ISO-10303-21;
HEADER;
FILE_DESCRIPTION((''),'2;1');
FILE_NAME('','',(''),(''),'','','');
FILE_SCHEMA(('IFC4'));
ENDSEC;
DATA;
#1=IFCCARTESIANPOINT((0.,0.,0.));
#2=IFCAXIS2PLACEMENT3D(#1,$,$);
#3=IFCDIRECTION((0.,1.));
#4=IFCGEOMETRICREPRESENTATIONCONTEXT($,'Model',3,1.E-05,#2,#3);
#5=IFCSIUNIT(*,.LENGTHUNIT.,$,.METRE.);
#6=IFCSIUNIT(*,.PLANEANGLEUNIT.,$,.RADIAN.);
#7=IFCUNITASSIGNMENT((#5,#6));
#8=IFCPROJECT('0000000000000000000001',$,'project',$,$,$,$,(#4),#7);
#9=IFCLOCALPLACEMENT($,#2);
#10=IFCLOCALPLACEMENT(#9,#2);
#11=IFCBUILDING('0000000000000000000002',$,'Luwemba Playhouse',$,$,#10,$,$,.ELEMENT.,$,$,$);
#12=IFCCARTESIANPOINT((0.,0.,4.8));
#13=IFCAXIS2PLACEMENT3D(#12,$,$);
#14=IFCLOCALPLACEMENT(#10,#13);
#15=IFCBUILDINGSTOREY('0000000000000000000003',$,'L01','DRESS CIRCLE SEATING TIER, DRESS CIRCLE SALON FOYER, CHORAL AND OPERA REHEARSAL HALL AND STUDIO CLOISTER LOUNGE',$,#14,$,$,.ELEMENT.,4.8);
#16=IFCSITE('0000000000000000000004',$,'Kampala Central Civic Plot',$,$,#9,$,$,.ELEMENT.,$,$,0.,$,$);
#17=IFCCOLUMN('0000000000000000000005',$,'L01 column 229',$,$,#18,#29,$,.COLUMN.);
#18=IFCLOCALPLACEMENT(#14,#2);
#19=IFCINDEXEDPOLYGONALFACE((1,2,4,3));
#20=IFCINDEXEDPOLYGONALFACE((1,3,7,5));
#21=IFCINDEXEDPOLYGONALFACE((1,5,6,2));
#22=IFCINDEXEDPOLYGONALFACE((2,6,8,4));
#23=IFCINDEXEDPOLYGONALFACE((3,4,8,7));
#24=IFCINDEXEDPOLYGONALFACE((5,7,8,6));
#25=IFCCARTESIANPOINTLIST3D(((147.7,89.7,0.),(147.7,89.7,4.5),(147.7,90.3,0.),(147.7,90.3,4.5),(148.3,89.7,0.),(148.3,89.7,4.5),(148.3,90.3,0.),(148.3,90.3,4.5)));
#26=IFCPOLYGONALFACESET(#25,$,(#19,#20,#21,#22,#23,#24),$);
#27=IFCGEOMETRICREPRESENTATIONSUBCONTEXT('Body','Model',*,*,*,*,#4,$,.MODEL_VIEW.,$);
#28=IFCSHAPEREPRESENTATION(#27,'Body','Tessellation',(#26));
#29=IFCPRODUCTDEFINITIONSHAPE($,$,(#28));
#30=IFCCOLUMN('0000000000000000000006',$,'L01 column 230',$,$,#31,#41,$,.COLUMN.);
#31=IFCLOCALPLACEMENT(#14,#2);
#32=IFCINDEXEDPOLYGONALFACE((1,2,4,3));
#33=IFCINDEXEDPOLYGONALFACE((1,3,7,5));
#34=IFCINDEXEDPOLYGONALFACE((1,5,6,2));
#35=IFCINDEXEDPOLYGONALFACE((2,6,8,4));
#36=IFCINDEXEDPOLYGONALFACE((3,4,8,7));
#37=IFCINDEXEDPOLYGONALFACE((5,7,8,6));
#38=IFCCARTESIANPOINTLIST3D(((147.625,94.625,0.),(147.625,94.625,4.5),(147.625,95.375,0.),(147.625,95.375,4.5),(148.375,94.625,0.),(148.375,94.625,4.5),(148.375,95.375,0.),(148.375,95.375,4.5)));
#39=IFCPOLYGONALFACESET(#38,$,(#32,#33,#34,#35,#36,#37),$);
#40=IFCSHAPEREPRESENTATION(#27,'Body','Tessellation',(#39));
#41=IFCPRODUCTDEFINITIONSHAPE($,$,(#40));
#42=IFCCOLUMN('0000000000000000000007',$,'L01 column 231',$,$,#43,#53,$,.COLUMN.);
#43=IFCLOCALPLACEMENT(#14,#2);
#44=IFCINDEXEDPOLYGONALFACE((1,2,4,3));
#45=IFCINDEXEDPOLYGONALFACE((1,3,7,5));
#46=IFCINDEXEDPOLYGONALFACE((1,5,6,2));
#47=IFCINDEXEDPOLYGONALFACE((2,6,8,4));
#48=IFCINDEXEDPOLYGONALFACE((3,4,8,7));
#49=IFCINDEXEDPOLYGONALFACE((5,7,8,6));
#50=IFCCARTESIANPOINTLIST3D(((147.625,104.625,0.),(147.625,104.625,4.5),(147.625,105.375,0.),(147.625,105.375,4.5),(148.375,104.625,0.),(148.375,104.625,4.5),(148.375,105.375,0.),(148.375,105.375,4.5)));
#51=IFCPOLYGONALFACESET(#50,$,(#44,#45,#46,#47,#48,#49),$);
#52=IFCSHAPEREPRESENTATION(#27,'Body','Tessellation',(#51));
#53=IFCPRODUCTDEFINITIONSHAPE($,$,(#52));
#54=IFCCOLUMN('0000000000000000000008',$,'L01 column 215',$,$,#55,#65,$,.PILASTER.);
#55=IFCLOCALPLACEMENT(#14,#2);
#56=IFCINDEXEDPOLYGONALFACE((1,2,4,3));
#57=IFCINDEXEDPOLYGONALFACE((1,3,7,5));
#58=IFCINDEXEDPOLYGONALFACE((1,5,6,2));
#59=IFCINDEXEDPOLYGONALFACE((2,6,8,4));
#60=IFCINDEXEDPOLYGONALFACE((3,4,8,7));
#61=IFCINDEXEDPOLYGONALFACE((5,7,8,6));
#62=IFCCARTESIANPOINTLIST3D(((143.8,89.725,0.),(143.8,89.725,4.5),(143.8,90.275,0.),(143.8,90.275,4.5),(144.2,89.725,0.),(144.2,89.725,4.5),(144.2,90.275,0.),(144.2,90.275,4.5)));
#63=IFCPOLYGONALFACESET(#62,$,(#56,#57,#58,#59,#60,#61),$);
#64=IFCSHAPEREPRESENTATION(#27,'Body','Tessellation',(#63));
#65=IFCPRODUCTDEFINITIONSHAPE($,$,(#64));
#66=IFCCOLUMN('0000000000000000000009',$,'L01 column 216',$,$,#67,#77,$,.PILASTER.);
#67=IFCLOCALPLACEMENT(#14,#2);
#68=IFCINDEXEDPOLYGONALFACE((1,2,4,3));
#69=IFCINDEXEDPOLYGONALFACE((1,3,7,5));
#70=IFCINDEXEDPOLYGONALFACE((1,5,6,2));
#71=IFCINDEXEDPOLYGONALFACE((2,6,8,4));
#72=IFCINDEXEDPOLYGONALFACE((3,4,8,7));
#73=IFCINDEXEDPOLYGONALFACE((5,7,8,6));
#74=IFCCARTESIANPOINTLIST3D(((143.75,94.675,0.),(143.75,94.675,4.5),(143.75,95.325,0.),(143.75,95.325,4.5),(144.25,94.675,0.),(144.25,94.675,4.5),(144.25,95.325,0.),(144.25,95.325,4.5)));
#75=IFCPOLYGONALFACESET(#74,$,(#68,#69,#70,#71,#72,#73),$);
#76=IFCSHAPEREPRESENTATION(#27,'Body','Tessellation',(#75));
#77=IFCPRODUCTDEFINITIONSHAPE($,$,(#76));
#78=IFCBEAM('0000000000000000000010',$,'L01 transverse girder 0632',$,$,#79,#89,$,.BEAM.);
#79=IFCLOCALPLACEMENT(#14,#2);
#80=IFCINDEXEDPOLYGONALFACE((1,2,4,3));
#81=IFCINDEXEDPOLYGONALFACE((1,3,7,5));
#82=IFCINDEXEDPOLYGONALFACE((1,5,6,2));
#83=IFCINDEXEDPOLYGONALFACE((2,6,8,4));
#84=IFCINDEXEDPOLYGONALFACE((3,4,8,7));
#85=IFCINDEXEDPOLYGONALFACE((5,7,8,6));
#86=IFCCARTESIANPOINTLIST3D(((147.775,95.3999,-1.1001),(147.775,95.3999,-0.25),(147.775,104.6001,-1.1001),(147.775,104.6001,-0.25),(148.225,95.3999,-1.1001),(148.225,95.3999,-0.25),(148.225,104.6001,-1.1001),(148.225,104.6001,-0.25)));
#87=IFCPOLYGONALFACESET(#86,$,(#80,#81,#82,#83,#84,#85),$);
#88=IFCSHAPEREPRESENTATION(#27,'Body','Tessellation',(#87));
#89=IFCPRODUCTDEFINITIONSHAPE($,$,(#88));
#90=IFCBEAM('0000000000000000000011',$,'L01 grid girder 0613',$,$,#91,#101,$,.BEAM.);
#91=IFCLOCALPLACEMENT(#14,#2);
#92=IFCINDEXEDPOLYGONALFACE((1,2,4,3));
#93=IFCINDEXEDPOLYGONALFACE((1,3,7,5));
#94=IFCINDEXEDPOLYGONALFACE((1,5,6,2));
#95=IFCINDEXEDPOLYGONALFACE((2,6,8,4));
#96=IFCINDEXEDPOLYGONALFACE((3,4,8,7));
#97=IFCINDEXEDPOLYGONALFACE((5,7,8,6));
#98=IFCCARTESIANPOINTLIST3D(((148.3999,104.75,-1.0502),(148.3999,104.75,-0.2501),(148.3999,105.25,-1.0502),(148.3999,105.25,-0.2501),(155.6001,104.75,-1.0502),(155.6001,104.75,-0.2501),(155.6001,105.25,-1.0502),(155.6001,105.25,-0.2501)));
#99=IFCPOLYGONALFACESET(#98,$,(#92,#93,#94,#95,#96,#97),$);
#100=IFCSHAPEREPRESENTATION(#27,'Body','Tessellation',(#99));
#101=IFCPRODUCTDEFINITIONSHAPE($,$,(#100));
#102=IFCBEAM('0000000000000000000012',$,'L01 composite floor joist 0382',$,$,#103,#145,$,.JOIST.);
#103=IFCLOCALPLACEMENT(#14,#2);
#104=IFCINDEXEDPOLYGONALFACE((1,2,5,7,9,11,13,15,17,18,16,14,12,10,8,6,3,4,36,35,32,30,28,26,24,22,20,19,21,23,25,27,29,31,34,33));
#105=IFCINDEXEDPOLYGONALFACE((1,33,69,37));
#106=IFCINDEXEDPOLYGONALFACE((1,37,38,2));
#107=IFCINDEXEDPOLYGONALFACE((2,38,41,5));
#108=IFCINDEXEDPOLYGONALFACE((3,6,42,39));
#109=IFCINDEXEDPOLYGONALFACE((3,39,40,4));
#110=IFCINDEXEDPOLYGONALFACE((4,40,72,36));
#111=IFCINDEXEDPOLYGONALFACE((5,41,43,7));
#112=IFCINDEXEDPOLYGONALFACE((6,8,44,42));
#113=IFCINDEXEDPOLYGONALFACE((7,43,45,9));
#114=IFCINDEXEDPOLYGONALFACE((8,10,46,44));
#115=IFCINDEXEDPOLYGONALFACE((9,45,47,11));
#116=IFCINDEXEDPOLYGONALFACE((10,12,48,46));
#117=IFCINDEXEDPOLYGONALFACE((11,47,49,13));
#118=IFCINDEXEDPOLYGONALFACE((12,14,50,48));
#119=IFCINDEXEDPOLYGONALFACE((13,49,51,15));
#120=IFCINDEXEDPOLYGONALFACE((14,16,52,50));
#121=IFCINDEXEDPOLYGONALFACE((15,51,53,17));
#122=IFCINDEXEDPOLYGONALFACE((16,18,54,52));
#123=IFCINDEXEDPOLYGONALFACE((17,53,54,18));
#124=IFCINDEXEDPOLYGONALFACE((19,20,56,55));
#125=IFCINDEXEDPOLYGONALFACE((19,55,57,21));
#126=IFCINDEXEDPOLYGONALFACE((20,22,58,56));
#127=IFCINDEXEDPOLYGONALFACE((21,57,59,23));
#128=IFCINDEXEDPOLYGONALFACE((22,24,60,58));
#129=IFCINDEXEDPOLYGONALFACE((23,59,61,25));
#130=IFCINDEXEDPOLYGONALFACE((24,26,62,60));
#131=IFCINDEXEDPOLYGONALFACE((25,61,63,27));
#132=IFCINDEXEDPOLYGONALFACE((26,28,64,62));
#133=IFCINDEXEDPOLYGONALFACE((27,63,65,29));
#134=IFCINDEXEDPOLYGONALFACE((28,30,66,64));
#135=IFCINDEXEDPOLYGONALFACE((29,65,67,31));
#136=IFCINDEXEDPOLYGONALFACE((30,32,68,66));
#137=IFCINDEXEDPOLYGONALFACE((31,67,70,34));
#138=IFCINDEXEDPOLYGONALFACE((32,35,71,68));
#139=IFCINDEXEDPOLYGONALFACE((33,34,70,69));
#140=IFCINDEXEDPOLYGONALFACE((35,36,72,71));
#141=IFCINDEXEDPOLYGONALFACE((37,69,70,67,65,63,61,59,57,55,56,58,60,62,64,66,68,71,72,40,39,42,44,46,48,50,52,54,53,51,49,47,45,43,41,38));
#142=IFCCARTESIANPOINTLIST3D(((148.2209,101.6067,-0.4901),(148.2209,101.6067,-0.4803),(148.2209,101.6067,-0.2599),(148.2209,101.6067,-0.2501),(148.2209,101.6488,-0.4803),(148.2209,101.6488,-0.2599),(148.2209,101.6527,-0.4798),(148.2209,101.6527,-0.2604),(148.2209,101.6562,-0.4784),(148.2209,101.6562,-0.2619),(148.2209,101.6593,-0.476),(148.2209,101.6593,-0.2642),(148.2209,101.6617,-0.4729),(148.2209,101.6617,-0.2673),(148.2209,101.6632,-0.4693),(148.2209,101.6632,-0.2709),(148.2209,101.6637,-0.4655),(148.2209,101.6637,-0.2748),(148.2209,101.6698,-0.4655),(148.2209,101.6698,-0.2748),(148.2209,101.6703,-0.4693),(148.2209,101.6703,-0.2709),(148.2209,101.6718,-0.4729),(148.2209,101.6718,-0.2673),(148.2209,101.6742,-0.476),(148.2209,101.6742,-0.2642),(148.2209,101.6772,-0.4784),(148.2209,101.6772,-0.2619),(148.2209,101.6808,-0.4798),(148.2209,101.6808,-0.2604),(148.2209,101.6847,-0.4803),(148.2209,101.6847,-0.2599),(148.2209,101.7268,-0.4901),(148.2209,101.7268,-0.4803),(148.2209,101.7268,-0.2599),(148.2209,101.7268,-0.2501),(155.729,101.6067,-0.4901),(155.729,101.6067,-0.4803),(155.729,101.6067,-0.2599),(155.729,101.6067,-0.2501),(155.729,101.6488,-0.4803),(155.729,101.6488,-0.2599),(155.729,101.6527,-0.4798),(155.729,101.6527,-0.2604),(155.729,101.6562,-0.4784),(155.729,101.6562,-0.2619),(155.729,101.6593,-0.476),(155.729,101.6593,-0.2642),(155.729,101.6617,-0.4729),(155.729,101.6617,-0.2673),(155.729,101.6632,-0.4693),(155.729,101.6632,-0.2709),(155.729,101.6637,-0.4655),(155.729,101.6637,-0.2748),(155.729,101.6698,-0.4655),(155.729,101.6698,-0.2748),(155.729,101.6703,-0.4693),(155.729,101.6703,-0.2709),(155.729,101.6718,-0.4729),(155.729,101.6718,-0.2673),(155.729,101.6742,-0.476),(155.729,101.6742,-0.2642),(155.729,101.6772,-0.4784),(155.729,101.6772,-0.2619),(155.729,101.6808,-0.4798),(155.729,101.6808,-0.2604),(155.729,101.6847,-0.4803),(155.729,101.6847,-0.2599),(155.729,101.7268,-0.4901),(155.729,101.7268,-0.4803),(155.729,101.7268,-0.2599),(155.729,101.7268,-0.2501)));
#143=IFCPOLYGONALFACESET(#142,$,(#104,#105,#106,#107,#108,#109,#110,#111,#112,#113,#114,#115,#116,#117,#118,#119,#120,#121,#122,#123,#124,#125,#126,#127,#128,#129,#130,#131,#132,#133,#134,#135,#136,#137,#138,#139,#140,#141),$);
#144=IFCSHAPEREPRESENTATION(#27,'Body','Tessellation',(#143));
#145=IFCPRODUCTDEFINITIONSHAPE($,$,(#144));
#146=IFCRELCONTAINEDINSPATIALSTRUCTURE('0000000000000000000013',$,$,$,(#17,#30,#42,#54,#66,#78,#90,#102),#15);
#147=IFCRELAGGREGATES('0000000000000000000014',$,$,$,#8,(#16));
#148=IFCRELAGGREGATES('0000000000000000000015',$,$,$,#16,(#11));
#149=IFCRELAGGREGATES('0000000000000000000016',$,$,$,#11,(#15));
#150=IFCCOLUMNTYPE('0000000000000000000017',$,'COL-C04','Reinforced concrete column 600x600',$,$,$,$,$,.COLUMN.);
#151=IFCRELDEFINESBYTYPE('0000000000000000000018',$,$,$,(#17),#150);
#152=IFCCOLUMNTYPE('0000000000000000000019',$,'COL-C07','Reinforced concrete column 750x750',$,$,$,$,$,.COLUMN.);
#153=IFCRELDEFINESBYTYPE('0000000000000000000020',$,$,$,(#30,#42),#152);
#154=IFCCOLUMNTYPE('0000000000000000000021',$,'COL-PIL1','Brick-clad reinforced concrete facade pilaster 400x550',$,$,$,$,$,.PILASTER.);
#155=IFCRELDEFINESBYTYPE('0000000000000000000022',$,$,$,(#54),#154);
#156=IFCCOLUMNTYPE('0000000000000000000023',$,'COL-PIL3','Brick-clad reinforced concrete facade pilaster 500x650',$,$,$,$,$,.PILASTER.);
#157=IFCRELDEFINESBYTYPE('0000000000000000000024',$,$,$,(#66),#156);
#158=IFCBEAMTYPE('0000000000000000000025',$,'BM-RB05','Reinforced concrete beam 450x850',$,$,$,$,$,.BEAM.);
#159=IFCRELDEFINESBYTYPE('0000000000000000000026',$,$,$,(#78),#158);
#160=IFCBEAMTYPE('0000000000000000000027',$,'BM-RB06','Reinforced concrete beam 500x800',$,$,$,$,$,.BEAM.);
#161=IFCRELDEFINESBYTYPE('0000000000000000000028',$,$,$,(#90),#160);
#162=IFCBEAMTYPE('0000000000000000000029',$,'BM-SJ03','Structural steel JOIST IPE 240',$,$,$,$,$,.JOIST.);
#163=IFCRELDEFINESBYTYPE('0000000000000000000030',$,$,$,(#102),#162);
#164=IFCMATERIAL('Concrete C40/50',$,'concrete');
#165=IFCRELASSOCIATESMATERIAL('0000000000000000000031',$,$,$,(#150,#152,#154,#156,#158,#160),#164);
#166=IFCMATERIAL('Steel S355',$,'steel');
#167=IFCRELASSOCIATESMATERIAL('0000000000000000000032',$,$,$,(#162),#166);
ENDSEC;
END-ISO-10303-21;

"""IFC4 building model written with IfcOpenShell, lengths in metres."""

from ifc_helpers import new_model, si_unit, direction, frame, origin, origin_2d, place, context, subcontext, project, spatial, rectangle, i_section, extrude, material, material_profile, profile_set, type_object, element, save


model = new_model("IFC4")

# Units and contexts
model_context = context("Model", 3, precision=1e-05, world=origin(), true_north=direction((0.0, 1.0)))
body_context = subcontext(model_context, "Body", "Model", "MODEL_VIEW")
ifc_project = project(units=[si_unit("LENGTHUNIT", "METRE"), si_unit("PLANEANGLEUNIT", "RADIAN")], contexts=[model_context])

# Site, building, storey
site_placement = place(None, origin())
site = spatial("IfcSite", under=ifc_project, at=site_placement, Name="Kampala Central Civic Plot", CompositionType="ELEMENT", RefElevation=0.0)
building_placement = place(site_placement, origin())
building = spatial("IfcBuilding", under=site, at=building_placement, Name="Luwemba Playhouse", CompositionType="ELEMENT")
storey_placement = place(building_placement, frame((0.0, 0.0, 4.8)))
storey = spatial("IfcBuildingStorey", under=building, at=storey_placement, Name="L01", Description="DRESS CIRCLE SEATING TIER, DRESS CIRCLE SALON FOYER, CHORAL AND OPERA REHEARSAL HALL AND STUDIO CLOISTER LOUNGE", CompositionType="ELEMENT", Elevation=4.8)

# Columns
ifc_material_1 = material(Name="Concrete C40/50", Category="concrete")
ifc_material_profile_1 = material_profile(ifc_material_1, rectangle(XDim=0.6001, YDim=0.6001, at=origin_2d()))
ifc_profile_set_1 = profile_set([ifc_material_profile_1], Name="Concrete C40/50")
column_type_1 = type_object("IfcColumnType", Name="COL-C04", Description="Reinforced concrete column 600x600", PredefinedType="COLUMN", material=ifc_profile_set_1)
column_1_placement = place(storey_placement, frame((148.0, 90.0, 0.0), z_axis=(0.0, 0.0, 1.0), x_axis=(1.0, 0.0, 0.0)))
element("IfcColumn", 1, at=column_1_placement, inside=storey, type_object=column_type_1, Name="L01 column 229", PredefinedType="COLUMN", context=body_context, shape_type="SweptSolid", body=[
    extrude(rectangle(XDim=0.6001, YDim=0.6001, at=origin_2d()), origin(), (0.0, 0.0, 1.0), 4.5),
])
ifc_material_profile_2 = material_profile(ifc_material_1, rectangle(XDim=0.75, YDim=0.75, at=origin_2d()))
ifc_profile_set_2 = profile_set([ifc_material_profile_2], Name="Concrete C40/50")
column_type_2 = type_object("IfcColumnType", Name="COL-C07", Description="Reinforced concrete column 750x750", PredefinedType="COLUMN", material=ifc_profile_set_2)
for number, where, z_axis, x_axis, name in (
    (2, (148.0, 95.0, 0.0), (0.0, 0.0, 1.0), (1.0, 0.0, 0.0), "L01 column 230"),
    (3, (148.0, 105.0, 0.0), (0.0, 0.0, 1.0), (1.0, 0.0, 0.0), "L01 column 231"),
):
    element("IfcColumn", number, at=place(storey_placement, frame(where, z_axis=z_axis, x_axis=x_axis)), inside=storey, type_object=column_type_2, Name=name, PredefinedType="COLUMN", context=body_context, shape_type="SweptSolid", body=[
        extrude(rectangle(XDim=0.75, YDim=0.75, at=origin_2d()), origin(), (0.0, 0.0, 1.0), 4.5),
    ])
ifc_material_profile_3 = material_profile(ifc_material_1, rectangle(XDim=0.3999, YDim=0.55, at=origin_2d()))
ifc_profile_set_3 = profile_set([ifc_material_profile_3], Name="Concrete C40/50")
column_type_3 = type_object("IfcColumnType", Name="COL-PIL1", Description="Brick-clad reinforced concrete facade pilaster 400x550", PredefinedType="PILASTER", material=ifc_profile_set_3)
column_2_placement = place(storey_placement, frame((144.0, 90.0, 0.0), z_axis=(0.0, 0.0, 1.0), x_axis=(1.0, 0.0, 0.0)))
element("IfcColumn", 4, at=column_2_placement, inside=storey, type_object=column_type_3, Name="L01 column 215", PredefinedType="PILASTER", context=body_context, shape_type="SweptSolid", body=[
    extrude(rectangle(XDim=0.3999, YDim=0.55, at=origin_2d()), origin(), (0.0, 0.0, 1.0), 4.5),
])
ifc_material_profile_4 = material_profile(ifc_material_1, rectangle(XDim=0.5, YDim=0.6499, at=origin_2d()))
ifc_profile_set_4 = profile_set([ifc_material_profile_4], Name="Concrete C40/50")
column_type_4 = type_object("IfcColumnType", Name="COL-PIL3", Description="Brick-clad reinforced concrete facade pilaster 500x650", PredefinedType="PILASTER", material=ifc_profile_set_4)
column_3_placement = place(storey_placement, frame((144.0, 95.0, 0.0), z_axis=(0.0, 0.0, 1.0), x_axis=(1.0, 0.0, 0.0)))
element("IfcColumn", 5, at=column_3_placement, inside=storey, type_object=column_type_4, Name="L01 column 216", PredefinedType="PILASTER", context=body_context, shape_type="SweptSolid", body=[
    extrude(rectangle(XDim=0.5, YDim=0.6499, at=origin_2d()), origin(), (0.0, 0.0, 1.0), 4.5),
])

# Beams
ifc_material_profile_5 = material_profile(ifc_material_1, rectangle(XDim=0.45, YDim=0.8501, at=origin_2d()))
ifc_profile_set_5 = profile_set([ifc_material_profile_5], Name="Concrete C40/50")
beam_type_1 = type_object("IfcBeamType", Name="BM-RB05", Description="Reinforced concrete beam 450x850", PredefinedType="BEAM", material=ifc_profile_set_5)
beam_1_placement = place(storey_placement, frame((148.0, 95.3999, -0.675), z_axis=(0.0, 1.0, 0.0), x_axis=(-1.0, 0.0, 0.0)))
element("IfcBeam", 6, at=beam_1_placement, inside=storey, type_object=beam_type_1, Name="L01 transverse girder 0632", PredefinedType="BEAM", context=body_context, shape_type="SweptSolid", body=[
    extrude(rectangle(XDim=0.45, YDim=0.8501, at=origin_2d()), origin(), (0.0, 0.0, 1.0), 9.2002),
])
ifc_material_profile_6 = material_profile(ifc_material_1, rectangle(XDim=0.5, YDim=0.8, at=origin_2d()))
ifc_profile_set_6 = profile_set([ifc_material_profile_6], Name="Concrete C40/50")
beam_type_2 = type_object("IfcBeamType", Name="BM-RB06", Description="Reinforced concrete beam 500x800", PredefinedType="BEAM", material=ifc_profile_set_6)
beam_2_placement = place(storey_placement, frame((148.3999, 105.0, -0.6501), z_axis=(1.0, 0.0, 0.0), x_axis=(0.0, 1.0, 0.0)))
element("IfcBeam", 7, at=beam_2_placement, inside=storey, type_object=beam_type_2, Name="L01 grid girder 0613", PredefinedType="BEAM", context=body_context, shape_type="SweptSolid", body=[
    extrude(rectangle(XDim=0.5, YDim=0.8, at=origin_2d()), origin(), (0.0, 0.0, 1.0), 7.2002),
])
ifc_material_2 = material(Name="Steel S355", Category="steel")
ifc_material_profile_7 = material_profile(ifc_material_2, i_section(OverallWidth=0.1201, OverallDepth=0.24, WebThickness=0.0061, FlangeThickness=0.0098, FilletRadius=0.0149, at=origin_2d()))
ifc_profile_set_7 = profile_set([ifc_material_profile_7], Name="Steel S355")
beam_type_3 = type_object("IfcBeamType", Name="BM-SJ03", Description="Structural steel JOIST IPE 240", PredefinedType="JOIST", material=ifc_profile_set_7)
beam_3_placement = place(storey_placement, frame((148.2209, 101.6667, -0.3701), z_axis=(1.0, 0.0, 0.0), x_axis=(0.0, 1.0, 0.0)))
element("IfcBeam", 8, at=beam_3_placement, inside=storey, type_object=beam_type_3, Name="L01 composite floor joist 0382", PredefinedType="JOIST", context=body_context, shape_type="SweptSolid", body=[
    extrude(i_section(OverallWidth=0.1201, OverallDepth=0.24, WebThickness=0.0061, FlangeThickness=0.0098, FilletRadius=0.0149, at=origin_2d()), origin(), (0.0, 0.0, 1.0), 7.5081),
])

save(model, "model.ifc")
